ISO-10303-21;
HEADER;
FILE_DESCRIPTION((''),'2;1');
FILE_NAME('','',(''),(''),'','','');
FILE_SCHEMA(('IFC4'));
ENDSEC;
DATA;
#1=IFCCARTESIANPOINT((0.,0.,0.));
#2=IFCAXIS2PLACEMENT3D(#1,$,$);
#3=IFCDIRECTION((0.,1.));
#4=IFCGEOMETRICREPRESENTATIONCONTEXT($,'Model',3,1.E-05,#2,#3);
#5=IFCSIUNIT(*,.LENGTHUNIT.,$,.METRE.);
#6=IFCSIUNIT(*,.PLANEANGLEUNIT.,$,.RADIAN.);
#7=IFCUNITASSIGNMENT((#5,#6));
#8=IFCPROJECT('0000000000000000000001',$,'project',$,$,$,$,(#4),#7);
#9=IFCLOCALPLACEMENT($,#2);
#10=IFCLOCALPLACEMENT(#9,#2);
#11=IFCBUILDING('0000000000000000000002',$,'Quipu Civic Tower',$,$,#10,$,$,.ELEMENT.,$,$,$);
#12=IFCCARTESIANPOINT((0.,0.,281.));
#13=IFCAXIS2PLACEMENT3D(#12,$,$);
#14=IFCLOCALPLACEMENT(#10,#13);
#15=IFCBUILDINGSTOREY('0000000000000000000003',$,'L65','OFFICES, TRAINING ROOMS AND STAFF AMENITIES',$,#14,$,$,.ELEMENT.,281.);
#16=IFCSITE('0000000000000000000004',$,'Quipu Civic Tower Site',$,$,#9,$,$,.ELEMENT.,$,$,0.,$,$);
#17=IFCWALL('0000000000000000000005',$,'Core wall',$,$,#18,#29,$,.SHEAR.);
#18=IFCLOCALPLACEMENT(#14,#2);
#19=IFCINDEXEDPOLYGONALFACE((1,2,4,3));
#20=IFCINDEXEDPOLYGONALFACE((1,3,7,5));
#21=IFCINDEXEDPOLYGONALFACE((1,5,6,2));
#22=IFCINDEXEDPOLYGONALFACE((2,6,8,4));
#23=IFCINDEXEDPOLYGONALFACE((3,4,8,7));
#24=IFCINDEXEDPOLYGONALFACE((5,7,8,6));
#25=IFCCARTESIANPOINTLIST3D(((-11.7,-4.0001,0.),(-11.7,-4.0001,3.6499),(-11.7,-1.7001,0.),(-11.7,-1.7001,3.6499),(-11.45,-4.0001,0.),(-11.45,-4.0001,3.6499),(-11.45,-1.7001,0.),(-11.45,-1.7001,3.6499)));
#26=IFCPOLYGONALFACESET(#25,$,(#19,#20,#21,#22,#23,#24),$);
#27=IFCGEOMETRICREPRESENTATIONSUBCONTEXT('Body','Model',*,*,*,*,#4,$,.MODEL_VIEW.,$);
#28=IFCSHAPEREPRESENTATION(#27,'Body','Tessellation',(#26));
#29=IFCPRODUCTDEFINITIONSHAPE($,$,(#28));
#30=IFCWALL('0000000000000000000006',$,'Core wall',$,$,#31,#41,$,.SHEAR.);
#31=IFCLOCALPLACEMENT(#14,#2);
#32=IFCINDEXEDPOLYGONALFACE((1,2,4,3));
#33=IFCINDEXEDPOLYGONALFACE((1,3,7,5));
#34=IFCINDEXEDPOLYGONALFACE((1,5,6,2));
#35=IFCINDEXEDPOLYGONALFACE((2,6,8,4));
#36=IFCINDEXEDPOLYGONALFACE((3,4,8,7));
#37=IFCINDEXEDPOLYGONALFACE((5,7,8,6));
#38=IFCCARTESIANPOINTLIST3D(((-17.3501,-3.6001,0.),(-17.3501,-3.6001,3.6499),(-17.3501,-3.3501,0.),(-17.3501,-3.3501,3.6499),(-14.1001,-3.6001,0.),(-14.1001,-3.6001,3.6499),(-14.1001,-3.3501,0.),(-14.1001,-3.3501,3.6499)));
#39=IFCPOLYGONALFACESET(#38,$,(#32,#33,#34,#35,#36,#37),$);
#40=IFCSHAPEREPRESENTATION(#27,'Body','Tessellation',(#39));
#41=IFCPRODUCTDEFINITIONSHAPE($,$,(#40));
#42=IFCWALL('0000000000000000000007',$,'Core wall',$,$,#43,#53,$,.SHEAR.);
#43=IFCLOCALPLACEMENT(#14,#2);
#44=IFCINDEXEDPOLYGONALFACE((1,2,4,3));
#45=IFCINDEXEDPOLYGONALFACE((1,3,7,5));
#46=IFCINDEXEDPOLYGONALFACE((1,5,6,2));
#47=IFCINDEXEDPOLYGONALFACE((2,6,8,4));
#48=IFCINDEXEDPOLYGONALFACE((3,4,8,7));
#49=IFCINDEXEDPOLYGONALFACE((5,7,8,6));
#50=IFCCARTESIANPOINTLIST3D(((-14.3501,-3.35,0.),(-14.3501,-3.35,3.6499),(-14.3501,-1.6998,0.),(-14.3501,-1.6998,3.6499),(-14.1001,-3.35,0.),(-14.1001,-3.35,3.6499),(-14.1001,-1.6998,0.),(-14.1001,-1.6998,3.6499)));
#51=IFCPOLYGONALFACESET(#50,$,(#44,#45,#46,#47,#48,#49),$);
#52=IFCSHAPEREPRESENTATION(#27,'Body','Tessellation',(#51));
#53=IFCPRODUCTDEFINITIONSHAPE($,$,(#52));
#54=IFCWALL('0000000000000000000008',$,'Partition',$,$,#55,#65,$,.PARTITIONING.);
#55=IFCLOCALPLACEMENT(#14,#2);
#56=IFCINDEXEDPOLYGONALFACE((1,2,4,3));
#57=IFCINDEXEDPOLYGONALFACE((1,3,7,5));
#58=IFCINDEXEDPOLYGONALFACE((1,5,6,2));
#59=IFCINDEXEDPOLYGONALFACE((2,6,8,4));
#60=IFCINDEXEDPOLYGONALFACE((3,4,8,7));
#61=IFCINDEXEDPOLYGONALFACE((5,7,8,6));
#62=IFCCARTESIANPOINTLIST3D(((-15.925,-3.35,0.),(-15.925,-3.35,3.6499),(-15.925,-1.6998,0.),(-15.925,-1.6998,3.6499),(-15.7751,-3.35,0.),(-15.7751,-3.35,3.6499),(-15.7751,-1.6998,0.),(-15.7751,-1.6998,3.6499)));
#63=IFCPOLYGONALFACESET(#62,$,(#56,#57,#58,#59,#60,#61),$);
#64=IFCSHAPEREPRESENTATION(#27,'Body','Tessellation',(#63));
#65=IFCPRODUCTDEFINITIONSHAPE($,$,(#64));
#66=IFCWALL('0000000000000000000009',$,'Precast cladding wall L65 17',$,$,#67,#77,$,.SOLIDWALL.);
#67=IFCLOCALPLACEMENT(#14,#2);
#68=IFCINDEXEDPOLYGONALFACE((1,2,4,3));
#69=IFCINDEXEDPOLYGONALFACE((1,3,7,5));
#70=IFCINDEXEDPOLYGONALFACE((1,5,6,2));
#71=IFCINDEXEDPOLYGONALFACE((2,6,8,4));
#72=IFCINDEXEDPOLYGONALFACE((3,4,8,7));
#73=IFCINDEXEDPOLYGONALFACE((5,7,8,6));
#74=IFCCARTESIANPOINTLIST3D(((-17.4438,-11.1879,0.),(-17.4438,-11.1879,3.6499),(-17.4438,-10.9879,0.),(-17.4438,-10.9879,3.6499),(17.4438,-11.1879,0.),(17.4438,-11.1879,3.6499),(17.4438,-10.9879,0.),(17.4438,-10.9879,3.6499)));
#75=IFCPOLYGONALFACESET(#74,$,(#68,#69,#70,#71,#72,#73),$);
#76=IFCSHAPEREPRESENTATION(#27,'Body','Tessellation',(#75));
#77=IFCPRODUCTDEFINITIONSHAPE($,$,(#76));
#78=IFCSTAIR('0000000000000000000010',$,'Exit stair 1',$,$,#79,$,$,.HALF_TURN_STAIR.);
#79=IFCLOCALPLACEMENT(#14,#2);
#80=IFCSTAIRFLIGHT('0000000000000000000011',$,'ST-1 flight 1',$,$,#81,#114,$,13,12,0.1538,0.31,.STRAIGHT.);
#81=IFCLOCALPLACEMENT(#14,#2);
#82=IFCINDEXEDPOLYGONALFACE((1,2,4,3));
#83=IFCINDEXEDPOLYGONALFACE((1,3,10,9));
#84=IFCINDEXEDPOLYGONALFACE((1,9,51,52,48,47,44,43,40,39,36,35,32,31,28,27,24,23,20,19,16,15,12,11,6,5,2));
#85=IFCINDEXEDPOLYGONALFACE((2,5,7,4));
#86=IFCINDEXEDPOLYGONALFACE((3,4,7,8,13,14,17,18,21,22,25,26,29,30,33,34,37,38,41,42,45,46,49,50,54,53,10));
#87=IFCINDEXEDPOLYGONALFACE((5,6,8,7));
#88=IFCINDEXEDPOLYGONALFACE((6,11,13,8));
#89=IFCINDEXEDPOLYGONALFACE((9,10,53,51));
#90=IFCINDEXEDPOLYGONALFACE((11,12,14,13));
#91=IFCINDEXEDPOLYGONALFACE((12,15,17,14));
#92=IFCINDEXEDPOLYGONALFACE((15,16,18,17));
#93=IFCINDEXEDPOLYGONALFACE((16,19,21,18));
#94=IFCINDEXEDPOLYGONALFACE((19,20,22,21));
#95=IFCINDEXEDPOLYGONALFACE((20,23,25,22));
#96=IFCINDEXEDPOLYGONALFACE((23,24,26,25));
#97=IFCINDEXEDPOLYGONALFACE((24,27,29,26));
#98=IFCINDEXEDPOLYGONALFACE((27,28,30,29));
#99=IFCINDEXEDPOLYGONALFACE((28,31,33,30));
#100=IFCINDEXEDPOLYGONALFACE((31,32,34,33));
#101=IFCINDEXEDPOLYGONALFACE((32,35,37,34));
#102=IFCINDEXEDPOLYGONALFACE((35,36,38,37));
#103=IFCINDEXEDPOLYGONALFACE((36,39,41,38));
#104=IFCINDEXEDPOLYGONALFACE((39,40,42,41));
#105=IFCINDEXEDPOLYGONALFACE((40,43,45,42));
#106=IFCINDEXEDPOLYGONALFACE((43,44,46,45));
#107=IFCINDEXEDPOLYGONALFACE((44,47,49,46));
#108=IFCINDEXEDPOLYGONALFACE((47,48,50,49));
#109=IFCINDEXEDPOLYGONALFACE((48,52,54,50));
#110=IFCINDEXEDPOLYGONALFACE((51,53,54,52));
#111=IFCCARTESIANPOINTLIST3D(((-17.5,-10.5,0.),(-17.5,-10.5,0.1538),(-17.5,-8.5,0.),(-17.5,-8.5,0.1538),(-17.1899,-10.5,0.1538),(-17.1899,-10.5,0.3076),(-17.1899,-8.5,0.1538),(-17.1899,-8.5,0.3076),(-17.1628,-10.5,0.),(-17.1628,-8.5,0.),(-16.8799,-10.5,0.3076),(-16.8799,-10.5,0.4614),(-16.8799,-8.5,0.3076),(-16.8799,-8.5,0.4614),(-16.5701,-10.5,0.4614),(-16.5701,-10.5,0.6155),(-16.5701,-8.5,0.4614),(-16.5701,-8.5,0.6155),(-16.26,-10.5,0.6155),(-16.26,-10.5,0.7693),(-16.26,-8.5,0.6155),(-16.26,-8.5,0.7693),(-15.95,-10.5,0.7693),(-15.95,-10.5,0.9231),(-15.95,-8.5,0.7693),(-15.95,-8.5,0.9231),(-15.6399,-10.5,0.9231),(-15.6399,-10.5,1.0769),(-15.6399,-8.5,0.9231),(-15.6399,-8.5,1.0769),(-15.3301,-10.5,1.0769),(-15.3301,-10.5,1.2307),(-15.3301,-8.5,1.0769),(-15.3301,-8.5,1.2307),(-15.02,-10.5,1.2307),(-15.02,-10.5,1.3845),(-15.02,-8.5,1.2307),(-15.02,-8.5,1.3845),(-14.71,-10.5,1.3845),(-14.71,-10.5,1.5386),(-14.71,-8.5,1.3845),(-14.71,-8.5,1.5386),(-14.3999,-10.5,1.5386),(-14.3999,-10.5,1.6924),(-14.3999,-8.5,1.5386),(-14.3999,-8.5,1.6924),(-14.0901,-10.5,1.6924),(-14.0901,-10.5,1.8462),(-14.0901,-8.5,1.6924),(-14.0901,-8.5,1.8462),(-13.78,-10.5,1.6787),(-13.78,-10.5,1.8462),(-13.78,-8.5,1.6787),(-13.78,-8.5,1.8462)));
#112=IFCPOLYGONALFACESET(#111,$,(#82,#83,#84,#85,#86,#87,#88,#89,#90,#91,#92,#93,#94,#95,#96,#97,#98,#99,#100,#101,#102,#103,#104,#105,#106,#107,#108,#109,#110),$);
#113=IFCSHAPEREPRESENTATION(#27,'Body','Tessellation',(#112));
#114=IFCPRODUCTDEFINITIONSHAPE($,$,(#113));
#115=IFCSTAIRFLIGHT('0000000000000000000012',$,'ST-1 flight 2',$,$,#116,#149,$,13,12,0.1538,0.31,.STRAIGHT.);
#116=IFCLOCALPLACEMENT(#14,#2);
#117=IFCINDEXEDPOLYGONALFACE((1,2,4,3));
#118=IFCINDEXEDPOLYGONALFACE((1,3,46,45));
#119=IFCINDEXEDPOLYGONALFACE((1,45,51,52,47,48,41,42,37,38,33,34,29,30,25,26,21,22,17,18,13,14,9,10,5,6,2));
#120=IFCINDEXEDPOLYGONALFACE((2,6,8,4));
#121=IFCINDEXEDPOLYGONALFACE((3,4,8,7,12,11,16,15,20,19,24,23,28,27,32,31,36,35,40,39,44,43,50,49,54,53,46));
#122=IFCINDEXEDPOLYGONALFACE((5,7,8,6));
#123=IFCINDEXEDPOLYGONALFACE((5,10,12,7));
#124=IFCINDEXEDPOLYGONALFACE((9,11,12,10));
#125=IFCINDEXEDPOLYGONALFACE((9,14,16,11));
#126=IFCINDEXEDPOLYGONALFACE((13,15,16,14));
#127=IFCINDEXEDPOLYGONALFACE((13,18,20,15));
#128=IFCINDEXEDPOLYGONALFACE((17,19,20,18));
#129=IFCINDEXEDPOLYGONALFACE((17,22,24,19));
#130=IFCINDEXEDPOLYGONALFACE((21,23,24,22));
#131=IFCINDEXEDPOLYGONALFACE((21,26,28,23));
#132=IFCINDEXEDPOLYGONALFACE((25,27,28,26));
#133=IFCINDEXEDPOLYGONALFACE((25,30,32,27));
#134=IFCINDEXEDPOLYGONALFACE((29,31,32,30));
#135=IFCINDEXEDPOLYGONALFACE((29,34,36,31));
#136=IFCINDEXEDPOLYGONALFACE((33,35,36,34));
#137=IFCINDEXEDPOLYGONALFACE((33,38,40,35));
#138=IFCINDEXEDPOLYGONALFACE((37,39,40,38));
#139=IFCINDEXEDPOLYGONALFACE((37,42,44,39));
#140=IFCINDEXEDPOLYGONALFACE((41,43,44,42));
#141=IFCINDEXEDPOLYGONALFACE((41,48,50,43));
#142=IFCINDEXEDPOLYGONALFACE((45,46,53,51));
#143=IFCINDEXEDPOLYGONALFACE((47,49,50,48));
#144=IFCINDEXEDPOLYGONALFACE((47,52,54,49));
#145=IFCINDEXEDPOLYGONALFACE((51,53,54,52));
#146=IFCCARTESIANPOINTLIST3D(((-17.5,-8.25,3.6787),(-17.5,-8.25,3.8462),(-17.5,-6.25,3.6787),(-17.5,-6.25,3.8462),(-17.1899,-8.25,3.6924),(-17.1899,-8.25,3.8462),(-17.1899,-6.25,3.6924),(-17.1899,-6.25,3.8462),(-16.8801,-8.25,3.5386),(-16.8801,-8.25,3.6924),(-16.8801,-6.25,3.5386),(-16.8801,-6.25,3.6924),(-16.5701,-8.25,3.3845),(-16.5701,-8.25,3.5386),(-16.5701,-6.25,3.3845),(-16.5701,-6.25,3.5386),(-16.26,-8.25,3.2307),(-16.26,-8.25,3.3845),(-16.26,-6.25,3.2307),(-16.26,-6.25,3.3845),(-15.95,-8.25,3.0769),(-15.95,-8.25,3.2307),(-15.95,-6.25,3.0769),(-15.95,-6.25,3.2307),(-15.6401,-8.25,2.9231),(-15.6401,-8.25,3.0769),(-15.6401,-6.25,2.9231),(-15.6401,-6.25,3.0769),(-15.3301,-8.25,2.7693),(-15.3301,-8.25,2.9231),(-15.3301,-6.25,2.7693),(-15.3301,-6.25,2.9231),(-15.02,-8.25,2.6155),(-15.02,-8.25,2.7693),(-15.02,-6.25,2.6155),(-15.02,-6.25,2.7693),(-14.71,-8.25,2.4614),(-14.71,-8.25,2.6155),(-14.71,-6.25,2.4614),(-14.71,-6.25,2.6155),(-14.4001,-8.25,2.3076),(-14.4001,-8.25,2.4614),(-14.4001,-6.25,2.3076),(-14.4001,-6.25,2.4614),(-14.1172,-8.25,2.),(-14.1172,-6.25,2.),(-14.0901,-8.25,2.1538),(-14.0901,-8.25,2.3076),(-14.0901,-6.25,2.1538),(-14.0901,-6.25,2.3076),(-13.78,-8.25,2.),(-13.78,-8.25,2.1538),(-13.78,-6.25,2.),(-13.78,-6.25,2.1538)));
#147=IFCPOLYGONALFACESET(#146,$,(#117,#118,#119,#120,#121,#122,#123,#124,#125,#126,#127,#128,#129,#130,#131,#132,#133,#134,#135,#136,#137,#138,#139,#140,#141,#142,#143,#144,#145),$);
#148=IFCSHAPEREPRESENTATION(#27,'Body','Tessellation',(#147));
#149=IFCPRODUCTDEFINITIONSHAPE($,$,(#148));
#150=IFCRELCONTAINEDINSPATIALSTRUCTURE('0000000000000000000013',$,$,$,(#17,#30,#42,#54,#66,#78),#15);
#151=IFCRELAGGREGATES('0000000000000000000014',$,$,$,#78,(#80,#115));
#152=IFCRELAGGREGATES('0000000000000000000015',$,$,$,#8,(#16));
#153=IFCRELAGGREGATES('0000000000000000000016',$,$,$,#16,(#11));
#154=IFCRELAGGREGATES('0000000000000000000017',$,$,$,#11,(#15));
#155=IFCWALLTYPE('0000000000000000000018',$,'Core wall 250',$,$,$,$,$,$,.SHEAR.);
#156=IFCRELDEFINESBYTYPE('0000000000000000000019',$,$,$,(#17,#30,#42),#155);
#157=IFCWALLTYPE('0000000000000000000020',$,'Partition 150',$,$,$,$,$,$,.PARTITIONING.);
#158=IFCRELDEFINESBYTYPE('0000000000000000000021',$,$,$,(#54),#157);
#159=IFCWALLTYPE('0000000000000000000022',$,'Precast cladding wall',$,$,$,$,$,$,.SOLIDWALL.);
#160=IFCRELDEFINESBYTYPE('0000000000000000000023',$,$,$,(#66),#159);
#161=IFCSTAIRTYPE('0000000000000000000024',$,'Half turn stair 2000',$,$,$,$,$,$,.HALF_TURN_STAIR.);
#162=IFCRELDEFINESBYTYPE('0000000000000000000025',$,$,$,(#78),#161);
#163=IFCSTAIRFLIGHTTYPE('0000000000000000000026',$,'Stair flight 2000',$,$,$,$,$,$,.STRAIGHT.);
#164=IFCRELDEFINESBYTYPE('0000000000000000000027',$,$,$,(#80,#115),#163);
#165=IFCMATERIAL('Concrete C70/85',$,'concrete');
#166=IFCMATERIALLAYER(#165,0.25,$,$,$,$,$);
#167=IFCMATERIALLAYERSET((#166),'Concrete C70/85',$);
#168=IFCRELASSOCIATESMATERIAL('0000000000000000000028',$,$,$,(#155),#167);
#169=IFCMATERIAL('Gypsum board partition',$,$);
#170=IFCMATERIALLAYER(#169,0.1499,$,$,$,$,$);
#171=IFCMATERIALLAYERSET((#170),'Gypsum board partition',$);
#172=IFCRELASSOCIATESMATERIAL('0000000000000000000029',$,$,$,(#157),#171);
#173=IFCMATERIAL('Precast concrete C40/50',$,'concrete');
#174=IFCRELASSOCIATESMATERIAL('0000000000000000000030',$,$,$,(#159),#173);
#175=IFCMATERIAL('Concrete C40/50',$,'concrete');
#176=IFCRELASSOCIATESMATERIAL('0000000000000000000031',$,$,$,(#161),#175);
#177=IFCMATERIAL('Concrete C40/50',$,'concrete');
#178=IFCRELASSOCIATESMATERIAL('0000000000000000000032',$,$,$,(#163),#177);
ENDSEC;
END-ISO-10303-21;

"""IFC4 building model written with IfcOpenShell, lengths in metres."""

from ifc_helpers import new_model, si_unit, direction, frame, frame_2d, origin, place, context, subcontext, project, spatial, polyline, rectangle, outline, extrude, material, layer, layer_set, type_object, element, aggregate, save


model = new_model("IFC4")

# Units and contexts
model_context = context("Model", 3, precision=1e-05, world=origin(), true_north=direction((0.0, 1.0)))
body_context = subcontext(model_context, "Body", "Model", "MODEL_VIEW")
ifc_project = project(units=[si_unit("LENGTHUNIT", "METRE"), si_unit("PLANEANGLEUNIT", "RADIAN")], contexts=[model_context])

# Site, building, storey
site_placement = place(None, origin())
site = spatial("IfcSite", under=ifc_project, at=site_placement, Name="Quipu Civic Tower Site", CompositionType="ELEMENT", RefElevation=0.0)
building_placement = place(site_placement, origin())
building = spatial("IfcBuilding", under=site, at=building_placement, Name="Quipu Civic Tower", CompositionType="ELEMENT")
storey_placement = place(building_placement, frame((0.0, 0.0, 281.0)))
storey = spatial("IfcBuildingStorey", under=building, at=storey_placement, Name="L65", Description="OFFICES, TRAINING ROOMS AND STAFF AMENITIES", CompositionType="ELEMENT", Elevation=281.0)

# Shared definitions
ifc_material_1 = material(Name="Concrete C70/85", Category="concrete")
ifc_layer_1 = layer(ifc_material_1, 0.25)
ifc_layer_set_1 = layer_set([ifc_layer_1], Name="Concrete C70/85")
wall_type_1 = type_object("IfcWallType", Name="Core wall 250", PredefinedType="SHEAR", material=ifc_layer_set_1)

# Walls
wall_1_placement = place(storey_placement, frame((-11.575, -4.0, 0.0), z_axis=(0.0, 0.0, 1.0), x_axis=(0.0, 1.0, 0.0)))
element("IfcWall", 1, at=wall_1_placement, inside=storey, type_object=wall_type_1, Name="Core wall", PredefinedType="SHEAR", context=body_context, shape_type="SweptSolid", body=[
    extrude(rectangle(XDim=2.3, YDim=0.25, at=frame_2d((1.1499, 0.0))), origin(), (0.0, 0.0, 1.0), 3.6499),
])
wall_2_placement = place(storey_placement, frame((-17.3501, -3.4751, 0.0), z_axis=(0.0, 0.0, 1.0), x_axis=(1.0, 0.0, 0.0)))
element("IfcWall", 2, at=wall_2_placement, inside=storey, type_object=wall_type_1, Name="Core wall", PredefinedType="SHEAR", context=body_context, shape_type="SweptSolid", body=[
    extrude(rectangle(XDim=3.25, YDim=0.25, at=frame_2d((1.625, 0.0))), origin(), (0.0, 0.0, 1.0), 3.6499),
])
wall_3_placement = place(storey_placement, frame((-14.2251, -3.3501, 0.0), z_axis=(0.0, 0.0, 1.0), x_axis=(0.0, 1.0, 0.0)))
element("IfcWall", 3, at=wall_3_placement, inside=storey, type_object=wall_type_1, Name="Core wall", PredefinedType="SHEAR", context=body_context, shape_type="SweptSolid", body=[
    extrude(rectangle(XDim=1.6501, YDim=0.25, at=frame_2d((0.8252, 0.0))), origin(), (0.0, 0.0, 1.0), 3.6499),
])
ifc_material_2 = material(Name="Gypsum board partition")
ifc_layer_2 = layer(ifc_material_2, 0.1499)
ifc_layer_set_2 = layer_set([ifc_layer_2], Name="Gypsum board partition")
wall_type_2 = type_object("IfcWallType", Name="Partition 150", PredefinedType="PARTITIONING", material=ifc_layer_set_2)
wall_4_placement = place(storey_placement, frame((-15.8501, -3.3501, 0.0), z_axis=(0.0, 0.0, 1.0), x_axis=(0.0, 1.0, 0.0)))
element("IfcWall", 4, at=wall_4_placement, inside=storey, type_object=wall_type_2, Name="Partition", PredefinedType="PARTITIONING", context=body_context, shape_type="SweptSolid", body=[
    extrude(rectangle(XDim=1.6501, YDim=0.1499, at=frame_2d((0.8252, 0.0))), origin(), (0.0, 0.0, 1.0), 3.6499),
])
ifc_material_3 = material(Name="Precast concrete C40/50", Category="concrete")
wall_type_3 = type_object("IfcWallType", Name="Precast cladding wall", PredefinedType="SOLIDWALL", material=ifc_material_3)
wall_5_placement = place(storey_placement, frame((-17.4438, -11.0879, 0.0), z_axis=(0.0, 0.0, 1.0), x_axis=(1.0, 0.0, 0.0)))
element("IfcWall", 5, at=wall_5_placement, inside=storey, type_object=wall_type_3, Name="Precast cladding wall L65 17", PredefinedType="SOLIDWALL", context=body_context, shape_type="SweptSolid", body=[
    extrude(rectangle(XDim=34.8877, YDim=0.2, at=frame_2d((17.4438, 0.0))), origin(), (0.0, 0.0, 1.0), 3.6499),
])

# Stair, stair flights
ifc_material_4 = material(Name="Concrete C40/50", Category="concrete")
stair_type = type_object("IfcStairType", Name="Half turn stair 2000", PredefinedType="HALF_TURN_STAIR", material=ifc_material_4)
stair_placement = place(storey_placement, origin())
stair = element("IfcStair", 6, at=stair_placement, inside=storey, type_object=stair_type, Name="Exit stair 1", PredefinedType="HALF_TURN_STAIR")
ifc_material_5 = material(Name="Concrete C40/50", Category="concrete")
stair_flight_type = type_object("IfcStairFlightType", Name="Stair flight 2000", PredefinedType="STRAIGHT", material=ifc_material_5)
stair_flight_1_placement = place(storey_placement, frame((-17.5, -9.5, 0.0), z_axis=(0.0, 0.0, 1.0), x_axis=(1.0, 0.0, 0.0)))
stair_flight_1 = element("IfcStairFlight", 7, at=stair_flight_1_placement, type_object=stair_flight_type, Name="ST-1 flight 1", NumberOfRisers=13, NumberOfTreads=12, PredefinedType="STRAIGHT", RiserHeight=0.1538, TreadLength=0.31, context=body_context, shape_type="SweptSolid", body=[
    extrude(outline(polyline([(0.0, 0.0), (0.0, 0.1538), (0.3101, 0.1538), (0.3101, 0.3076), (0.6201, 0.3076), (0.6201, 0.4614), (0.9299, 0.4614), (0.9299, 0.6155), (1.24, 0.6155), (1.24, 0.7693), (1.55, 0.7693), (1.55, 0.9231), (1.8601, 0.9231), (1.8601, 1.0769), (2.1699, 1.0769), (2.1699, 1.2307), (2.48, 1.2307), (2.48, 1.3845), (2.79, 1.3845), (2.79, 1.5386), (3.1001, 1.5386), (3.1001, 1.6924), (3.4099, 1.6924), (3.4099, 1.8462), (3.72, 1.8462), (3.72, 2.0), (3.72, 1.6787), (0.3372, 0.0), (0.0, 0.0)])), frame((0.0, 1.0, 0.0), z_axis=(0.0, -1.0, 0.0), x_axis=(1.0, 0.0, 0.0)), (0.0, 0.0, 1.0), 2.0),
])
stair_flight_2_placement = place(storey_placement, frame((-13.78, -7.25, 2.0), z_axis=(0.0, 0.0, 1.0), x_axis=(-1.0, 0.0, 0.0)))
stair_flight_2 = element("IfcStairFlight", 8, at=stair_flight_2_placement, type_object=stair_flight_type, Name="ST-1 flight 2", NumberOfRisers=13, NumberOfTreads=12, PredefinedType="STRAIGHT", RiserHeight=0.1538, TreadLength=0.31, context=body_context, shape_type="SweptSolid", body=[
    extrude(outline(polyline([(0.0, 0.0), (0.0, 0.1538), (0.3101, 0.1538), (0.3101, 0.3076), (0.6201, 0.3076), (0.6201, 0.4614), (0.9299, 0.4614), (0.9299, 0.6155), (1.24, 0.6155), (1.24, 0.7693), (1.55, 0.7693), (1.55, 0.9231), (1.8601, 0.9231), (1.8601, 1.0769), (2.1699, 1.0769), (2.1699, 1.2307), (2.48, 1.2307), (2.48, 1.3845), (2.79, 1.3845), (2.79, 1.5386), (3.1001, 1.5386), (3.1001, 1.6924), (3.4099, 1.6924), (3.4099, 1.8462), (3.72, 1.8462), (3.72, 2.0), (3.72, 1.6787), (0.3372, 0.0), (0.0, 0.0)])), frame((0.0, 1.0, 0.0), z_axis=(0.0, -1.0, 0.0), x_axis=(1.0, 0.0, 0.0)), (0.0, 0.0, 1.0), 2.0),
])
aggregate(stair, [stair_flight_1, stair_flight_2])

save(model, "model.ifc")
